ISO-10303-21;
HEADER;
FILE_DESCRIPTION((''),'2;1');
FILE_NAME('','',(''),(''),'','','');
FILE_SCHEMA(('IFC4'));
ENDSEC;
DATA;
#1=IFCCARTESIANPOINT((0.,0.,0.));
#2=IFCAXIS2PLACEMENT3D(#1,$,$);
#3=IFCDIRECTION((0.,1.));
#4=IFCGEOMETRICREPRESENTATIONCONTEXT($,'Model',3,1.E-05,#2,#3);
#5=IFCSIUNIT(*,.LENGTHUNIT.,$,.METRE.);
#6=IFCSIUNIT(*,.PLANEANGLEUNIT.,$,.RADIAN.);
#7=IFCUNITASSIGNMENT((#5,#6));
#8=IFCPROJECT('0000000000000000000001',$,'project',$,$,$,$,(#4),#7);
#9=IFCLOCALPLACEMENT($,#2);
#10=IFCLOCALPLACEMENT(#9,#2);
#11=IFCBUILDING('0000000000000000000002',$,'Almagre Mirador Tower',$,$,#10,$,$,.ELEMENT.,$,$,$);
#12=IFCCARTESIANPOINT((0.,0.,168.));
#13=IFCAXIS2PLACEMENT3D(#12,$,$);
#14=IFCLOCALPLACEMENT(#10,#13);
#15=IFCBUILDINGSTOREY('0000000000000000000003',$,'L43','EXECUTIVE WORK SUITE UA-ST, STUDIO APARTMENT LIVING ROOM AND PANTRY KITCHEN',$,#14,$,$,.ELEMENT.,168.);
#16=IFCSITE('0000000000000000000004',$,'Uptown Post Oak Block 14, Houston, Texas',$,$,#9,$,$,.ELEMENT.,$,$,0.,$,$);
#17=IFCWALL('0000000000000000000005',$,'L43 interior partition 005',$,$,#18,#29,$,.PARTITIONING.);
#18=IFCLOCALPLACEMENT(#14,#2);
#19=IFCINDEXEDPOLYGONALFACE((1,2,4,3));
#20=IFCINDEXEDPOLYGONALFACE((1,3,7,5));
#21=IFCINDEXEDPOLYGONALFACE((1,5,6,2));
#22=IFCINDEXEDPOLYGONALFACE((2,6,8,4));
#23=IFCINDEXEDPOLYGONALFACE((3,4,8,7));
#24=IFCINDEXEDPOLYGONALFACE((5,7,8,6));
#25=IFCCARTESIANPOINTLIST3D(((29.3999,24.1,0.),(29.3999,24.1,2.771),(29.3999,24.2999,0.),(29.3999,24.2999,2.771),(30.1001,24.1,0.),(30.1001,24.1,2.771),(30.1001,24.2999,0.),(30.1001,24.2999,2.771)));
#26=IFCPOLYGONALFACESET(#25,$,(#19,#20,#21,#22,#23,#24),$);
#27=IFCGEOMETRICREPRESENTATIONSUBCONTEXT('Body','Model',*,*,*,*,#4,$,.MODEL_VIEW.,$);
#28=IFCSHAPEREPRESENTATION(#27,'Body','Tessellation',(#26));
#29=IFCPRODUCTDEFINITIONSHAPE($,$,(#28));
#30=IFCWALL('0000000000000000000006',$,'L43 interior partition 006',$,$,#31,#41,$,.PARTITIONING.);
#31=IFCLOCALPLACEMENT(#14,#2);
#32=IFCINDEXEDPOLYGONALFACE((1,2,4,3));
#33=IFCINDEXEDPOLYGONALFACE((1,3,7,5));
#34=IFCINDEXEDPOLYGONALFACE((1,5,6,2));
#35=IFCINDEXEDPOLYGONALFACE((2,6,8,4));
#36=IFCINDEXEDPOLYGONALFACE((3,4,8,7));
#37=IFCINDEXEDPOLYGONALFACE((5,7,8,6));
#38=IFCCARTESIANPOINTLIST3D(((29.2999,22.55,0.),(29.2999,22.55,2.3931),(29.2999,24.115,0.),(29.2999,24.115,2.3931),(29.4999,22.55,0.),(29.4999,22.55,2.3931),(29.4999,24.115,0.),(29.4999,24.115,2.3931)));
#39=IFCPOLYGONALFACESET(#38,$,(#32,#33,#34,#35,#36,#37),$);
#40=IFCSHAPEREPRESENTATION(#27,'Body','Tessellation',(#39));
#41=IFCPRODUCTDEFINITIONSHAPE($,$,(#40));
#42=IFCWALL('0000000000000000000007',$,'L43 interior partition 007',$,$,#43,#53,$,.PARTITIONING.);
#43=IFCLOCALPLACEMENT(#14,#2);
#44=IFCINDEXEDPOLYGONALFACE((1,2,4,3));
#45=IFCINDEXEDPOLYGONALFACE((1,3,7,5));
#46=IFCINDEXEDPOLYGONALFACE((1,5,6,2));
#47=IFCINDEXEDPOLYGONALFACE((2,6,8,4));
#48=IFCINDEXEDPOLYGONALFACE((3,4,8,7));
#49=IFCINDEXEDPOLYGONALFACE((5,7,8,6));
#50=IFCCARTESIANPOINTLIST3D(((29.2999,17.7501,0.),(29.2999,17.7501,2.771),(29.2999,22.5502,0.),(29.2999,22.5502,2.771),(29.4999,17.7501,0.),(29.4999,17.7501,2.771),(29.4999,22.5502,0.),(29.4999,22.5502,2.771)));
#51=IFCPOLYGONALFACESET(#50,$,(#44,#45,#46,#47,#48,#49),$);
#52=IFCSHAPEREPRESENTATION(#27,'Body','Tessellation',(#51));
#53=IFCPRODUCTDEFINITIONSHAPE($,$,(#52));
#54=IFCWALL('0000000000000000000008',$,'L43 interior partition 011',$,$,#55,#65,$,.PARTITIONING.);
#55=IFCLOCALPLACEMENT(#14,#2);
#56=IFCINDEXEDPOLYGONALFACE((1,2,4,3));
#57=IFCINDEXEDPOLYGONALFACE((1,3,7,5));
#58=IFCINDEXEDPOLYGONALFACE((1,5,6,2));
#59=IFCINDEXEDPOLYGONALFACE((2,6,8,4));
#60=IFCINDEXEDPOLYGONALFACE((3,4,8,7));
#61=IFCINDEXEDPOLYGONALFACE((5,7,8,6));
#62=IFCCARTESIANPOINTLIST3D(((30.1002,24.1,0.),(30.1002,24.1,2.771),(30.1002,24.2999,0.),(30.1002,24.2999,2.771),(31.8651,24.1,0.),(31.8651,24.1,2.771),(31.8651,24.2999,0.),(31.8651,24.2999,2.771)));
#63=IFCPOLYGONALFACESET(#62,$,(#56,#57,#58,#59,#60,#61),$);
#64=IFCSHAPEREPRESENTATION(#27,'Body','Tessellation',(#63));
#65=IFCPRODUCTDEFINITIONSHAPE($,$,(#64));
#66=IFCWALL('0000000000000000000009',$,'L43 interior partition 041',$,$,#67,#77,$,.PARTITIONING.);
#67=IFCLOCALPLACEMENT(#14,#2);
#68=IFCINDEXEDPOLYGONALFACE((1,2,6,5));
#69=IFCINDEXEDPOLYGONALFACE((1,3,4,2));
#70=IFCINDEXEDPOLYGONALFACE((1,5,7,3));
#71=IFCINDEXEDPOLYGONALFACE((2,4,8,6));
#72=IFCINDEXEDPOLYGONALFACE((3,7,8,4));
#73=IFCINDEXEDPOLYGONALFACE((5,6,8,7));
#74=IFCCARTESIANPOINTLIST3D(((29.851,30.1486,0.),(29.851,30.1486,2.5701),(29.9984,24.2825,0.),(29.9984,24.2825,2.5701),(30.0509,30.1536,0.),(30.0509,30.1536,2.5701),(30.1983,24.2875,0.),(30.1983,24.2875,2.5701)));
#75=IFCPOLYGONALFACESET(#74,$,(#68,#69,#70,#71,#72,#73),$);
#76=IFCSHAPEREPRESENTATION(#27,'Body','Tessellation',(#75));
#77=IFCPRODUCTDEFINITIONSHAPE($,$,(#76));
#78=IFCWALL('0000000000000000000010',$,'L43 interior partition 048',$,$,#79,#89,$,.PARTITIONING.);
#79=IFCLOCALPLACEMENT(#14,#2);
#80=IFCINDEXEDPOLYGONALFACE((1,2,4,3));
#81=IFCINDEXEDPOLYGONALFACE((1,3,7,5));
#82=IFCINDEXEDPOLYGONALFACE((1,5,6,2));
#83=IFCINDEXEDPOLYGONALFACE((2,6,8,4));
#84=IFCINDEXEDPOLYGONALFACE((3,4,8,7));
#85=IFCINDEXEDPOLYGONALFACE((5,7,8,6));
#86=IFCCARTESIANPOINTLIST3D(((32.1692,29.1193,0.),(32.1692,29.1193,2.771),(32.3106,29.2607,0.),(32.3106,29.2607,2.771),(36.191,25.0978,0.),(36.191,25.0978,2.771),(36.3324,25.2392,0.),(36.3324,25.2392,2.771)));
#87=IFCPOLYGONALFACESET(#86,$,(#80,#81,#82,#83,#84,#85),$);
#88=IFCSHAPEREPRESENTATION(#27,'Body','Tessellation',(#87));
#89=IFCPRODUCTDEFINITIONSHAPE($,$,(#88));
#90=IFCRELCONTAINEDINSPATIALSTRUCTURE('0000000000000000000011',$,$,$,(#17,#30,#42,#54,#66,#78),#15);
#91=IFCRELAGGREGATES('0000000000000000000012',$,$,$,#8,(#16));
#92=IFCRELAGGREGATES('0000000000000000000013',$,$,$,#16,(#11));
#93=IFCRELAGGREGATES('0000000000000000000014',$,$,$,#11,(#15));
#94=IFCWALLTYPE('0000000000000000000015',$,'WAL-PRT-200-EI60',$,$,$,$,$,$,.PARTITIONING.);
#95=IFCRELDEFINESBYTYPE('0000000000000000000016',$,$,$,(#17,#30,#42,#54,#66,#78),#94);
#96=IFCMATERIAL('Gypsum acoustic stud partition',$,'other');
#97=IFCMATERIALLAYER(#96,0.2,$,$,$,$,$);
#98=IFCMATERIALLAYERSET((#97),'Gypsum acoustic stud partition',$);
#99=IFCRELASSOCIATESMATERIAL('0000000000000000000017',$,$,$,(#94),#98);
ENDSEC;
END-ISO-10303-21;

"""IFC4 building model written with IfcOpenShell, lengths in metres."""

from ifc_helpers import new_model, si_unit, direction, frame, frame_2d, origin, place, context, subcontext, project, spatial, rectangle, extrude, material, layer, layer_set, type_object, element, save


model = new_model("IFC4")

# Units and contexts
model_context = context("Model", 3, precision=1e-05, world=origin(), true_north=direction((0.0, 1.0)))
body_context = subcontext(model_context, "Body", "Model", "MODEL_VIEW")
ifc_project = project(units=[si_unit("LENGTHUNIT", "METRE"), si_unit("PLANEANGLEUNIT", "RADIAN")], contexts=[model_context])

# Site, building, storey
site_placement = place(None, origin())
site = spatial("IfcSite", under=ifc_project, at=site_placement, Name="Uptown Post Oak Block 14, Houston, Texas", CompositionType="ELEMENT", RefElevation=0.0)
building_placement = place(site_placement, origin())
building = spatial("IfcBuilding", under=site, at=building_placement, Name="Almagre Mirador Tower", CompositionType="ELEMENT")
storey_placement = place(building_placement, frame((0.0, 0.0, 168.0)))
storey = spatial("IfcBuildingStorey", under=building, at=storey_placement, Name="L43", Description="EXECUTIVE WORK SUITE UA-ST, STUDIO APARTMENT LIVING ROOM AND PANTRY KITCHEN", CompositionType="ELEMENT", Elevation=168.0)

# Walls
ifc_material_1 = material(Name="Gypsum acoustic stud partition", Category="other")
ifc_layer_1 = layer(ifc_material_1, 0.2)
ifc_layer_set_1 = layer_set([ifc_layer_1], Name="Gypsum acoustic stud partition")
wall_type_1 = type_object("IfcWallType", Name="WAL-PRT-200-EI60", PredefinedType="PARTITIONING", material=ifc_layer_set_1)
wall_1_placement = place(storey_placement, frame((30.1001, 24.2, 0.0), z_axis=(0.0, 0.0, 1.0), x_axis=(-1.0, 0.0, 0.0)))
element("IfcWall", 1, at=wall_1_placement, inside=storey, type_object=wall_type_1, Name="L43 interior partition 005", PredefinedType="PARTITIONING", context=body_context, shape_type="SweptSolid", body=[
    extrude(rectangle(XDim=0.7002, YDim=0.2, at=frame_2d((0.3501, 0.0))), origin(), (0.0, 0.0, 1.0), 2.771),
])
wall_2_placement = place(storey_placement, frame((29.3999, 24.115, 0.0), z_axis=(0.0, 0.0, 1.0), x_axis=(0.0, -1.0, 0.0)))
element("IfcWall", 2, at=wall_2_placement, inside=storey, type_object=wall_type_1, Name="L43 interior partition 006", PredefinedType="PARTITIONING", context=body_context, shape_type="SweptSolid", body=[
    extrude(rectangle(XDim=1.5649, YDim=0.2, at=frame_2d((0.7825, 0.0))), origin(), (0.0, 0.0, 1.0), 2.3931),
])
wall_3_placement = place(storey_placement, frame((29.3999, 22.55, 0.0), z_axis=(0.0, 0.0, 1.0), x_axis=(0.0, -1.0, 0.0)))
element("IfcWall", 3, at=wall_3_placement, inside=storey, type_object=wall_type_1, Name="L43 interior partition 007", PredefinedType="PARTITIONING", context=body_context, shape_type="SweptSolid", body=[
    extrude(rectangle(XDim=4.8, YDim=0.2, at=frame_2d((2.3999, 0.0))), origin(), (0.0, 0.0, 1.0), 2.771),
])
wall_4_placement = place(storey_placement, frame((31.865, 24.2, 0.0), z_axis=(0.0, 0.0, 1.0), x_axis=(-1.0, 0.0, 0.0)))
element("IfcWall", 4, at=wall_4_placement, inside=storey, type_object=wall_type_1, Name="L43 interior partition 011", PredefinedType="PARTITIONING", context=body_context, shape_type="SweptSolid", body=[
    extrude(rectangle(XDim=1.7649, YDim=0.2, at=frame_2d((0.8823, 0.0))), origin(), (0.0, 0.0, 1.0), 2.771),
])
wall_5_placement = place(storey_placement, frame((30.0984, 24.2849, 0.0), z_axis=(0.0, 0.0, 1.0), x_axis=(-0.02513, 0.999684, 0.0)))
element("IfcWall", 5, at=wall_5_placement, inside=storey, type_object=wall_type_1, Name="L43 interior partition 041", PredefinedType="PARTITIONING", context=body_context, shape_type="SweptSolid", body=[
    extrude(rectangle(XDim=5.8679, YDim=0.2, at=frame_2d((2.9341, 0.0))), origin(), (0.0, 0.0, 1.0), 2.5701),
])
wall_6_placement = place(storey_placement, frame((36.2617, 25.1685, 0.0), z_axis=(0.0, 0.0, 1.0), x_axis=(-0.707128, 0.707085, 0.0)))
element("IfcWall", 6, at=wall_6_placement, inside=storey, type_object=wall_type_1, Name="L43 interior partition 048", PredefinedType="PARTITIONING", context=body_context, shape_type="SweptSolid", body=[
    extrude(rectangle(XDim=5.6875, YDim=0.2, at=frame_2d((2.8438, 0.0))), origin(), (0.0, 0.0, 1.0), 2.771),
])

save(model, "model.ifc")
